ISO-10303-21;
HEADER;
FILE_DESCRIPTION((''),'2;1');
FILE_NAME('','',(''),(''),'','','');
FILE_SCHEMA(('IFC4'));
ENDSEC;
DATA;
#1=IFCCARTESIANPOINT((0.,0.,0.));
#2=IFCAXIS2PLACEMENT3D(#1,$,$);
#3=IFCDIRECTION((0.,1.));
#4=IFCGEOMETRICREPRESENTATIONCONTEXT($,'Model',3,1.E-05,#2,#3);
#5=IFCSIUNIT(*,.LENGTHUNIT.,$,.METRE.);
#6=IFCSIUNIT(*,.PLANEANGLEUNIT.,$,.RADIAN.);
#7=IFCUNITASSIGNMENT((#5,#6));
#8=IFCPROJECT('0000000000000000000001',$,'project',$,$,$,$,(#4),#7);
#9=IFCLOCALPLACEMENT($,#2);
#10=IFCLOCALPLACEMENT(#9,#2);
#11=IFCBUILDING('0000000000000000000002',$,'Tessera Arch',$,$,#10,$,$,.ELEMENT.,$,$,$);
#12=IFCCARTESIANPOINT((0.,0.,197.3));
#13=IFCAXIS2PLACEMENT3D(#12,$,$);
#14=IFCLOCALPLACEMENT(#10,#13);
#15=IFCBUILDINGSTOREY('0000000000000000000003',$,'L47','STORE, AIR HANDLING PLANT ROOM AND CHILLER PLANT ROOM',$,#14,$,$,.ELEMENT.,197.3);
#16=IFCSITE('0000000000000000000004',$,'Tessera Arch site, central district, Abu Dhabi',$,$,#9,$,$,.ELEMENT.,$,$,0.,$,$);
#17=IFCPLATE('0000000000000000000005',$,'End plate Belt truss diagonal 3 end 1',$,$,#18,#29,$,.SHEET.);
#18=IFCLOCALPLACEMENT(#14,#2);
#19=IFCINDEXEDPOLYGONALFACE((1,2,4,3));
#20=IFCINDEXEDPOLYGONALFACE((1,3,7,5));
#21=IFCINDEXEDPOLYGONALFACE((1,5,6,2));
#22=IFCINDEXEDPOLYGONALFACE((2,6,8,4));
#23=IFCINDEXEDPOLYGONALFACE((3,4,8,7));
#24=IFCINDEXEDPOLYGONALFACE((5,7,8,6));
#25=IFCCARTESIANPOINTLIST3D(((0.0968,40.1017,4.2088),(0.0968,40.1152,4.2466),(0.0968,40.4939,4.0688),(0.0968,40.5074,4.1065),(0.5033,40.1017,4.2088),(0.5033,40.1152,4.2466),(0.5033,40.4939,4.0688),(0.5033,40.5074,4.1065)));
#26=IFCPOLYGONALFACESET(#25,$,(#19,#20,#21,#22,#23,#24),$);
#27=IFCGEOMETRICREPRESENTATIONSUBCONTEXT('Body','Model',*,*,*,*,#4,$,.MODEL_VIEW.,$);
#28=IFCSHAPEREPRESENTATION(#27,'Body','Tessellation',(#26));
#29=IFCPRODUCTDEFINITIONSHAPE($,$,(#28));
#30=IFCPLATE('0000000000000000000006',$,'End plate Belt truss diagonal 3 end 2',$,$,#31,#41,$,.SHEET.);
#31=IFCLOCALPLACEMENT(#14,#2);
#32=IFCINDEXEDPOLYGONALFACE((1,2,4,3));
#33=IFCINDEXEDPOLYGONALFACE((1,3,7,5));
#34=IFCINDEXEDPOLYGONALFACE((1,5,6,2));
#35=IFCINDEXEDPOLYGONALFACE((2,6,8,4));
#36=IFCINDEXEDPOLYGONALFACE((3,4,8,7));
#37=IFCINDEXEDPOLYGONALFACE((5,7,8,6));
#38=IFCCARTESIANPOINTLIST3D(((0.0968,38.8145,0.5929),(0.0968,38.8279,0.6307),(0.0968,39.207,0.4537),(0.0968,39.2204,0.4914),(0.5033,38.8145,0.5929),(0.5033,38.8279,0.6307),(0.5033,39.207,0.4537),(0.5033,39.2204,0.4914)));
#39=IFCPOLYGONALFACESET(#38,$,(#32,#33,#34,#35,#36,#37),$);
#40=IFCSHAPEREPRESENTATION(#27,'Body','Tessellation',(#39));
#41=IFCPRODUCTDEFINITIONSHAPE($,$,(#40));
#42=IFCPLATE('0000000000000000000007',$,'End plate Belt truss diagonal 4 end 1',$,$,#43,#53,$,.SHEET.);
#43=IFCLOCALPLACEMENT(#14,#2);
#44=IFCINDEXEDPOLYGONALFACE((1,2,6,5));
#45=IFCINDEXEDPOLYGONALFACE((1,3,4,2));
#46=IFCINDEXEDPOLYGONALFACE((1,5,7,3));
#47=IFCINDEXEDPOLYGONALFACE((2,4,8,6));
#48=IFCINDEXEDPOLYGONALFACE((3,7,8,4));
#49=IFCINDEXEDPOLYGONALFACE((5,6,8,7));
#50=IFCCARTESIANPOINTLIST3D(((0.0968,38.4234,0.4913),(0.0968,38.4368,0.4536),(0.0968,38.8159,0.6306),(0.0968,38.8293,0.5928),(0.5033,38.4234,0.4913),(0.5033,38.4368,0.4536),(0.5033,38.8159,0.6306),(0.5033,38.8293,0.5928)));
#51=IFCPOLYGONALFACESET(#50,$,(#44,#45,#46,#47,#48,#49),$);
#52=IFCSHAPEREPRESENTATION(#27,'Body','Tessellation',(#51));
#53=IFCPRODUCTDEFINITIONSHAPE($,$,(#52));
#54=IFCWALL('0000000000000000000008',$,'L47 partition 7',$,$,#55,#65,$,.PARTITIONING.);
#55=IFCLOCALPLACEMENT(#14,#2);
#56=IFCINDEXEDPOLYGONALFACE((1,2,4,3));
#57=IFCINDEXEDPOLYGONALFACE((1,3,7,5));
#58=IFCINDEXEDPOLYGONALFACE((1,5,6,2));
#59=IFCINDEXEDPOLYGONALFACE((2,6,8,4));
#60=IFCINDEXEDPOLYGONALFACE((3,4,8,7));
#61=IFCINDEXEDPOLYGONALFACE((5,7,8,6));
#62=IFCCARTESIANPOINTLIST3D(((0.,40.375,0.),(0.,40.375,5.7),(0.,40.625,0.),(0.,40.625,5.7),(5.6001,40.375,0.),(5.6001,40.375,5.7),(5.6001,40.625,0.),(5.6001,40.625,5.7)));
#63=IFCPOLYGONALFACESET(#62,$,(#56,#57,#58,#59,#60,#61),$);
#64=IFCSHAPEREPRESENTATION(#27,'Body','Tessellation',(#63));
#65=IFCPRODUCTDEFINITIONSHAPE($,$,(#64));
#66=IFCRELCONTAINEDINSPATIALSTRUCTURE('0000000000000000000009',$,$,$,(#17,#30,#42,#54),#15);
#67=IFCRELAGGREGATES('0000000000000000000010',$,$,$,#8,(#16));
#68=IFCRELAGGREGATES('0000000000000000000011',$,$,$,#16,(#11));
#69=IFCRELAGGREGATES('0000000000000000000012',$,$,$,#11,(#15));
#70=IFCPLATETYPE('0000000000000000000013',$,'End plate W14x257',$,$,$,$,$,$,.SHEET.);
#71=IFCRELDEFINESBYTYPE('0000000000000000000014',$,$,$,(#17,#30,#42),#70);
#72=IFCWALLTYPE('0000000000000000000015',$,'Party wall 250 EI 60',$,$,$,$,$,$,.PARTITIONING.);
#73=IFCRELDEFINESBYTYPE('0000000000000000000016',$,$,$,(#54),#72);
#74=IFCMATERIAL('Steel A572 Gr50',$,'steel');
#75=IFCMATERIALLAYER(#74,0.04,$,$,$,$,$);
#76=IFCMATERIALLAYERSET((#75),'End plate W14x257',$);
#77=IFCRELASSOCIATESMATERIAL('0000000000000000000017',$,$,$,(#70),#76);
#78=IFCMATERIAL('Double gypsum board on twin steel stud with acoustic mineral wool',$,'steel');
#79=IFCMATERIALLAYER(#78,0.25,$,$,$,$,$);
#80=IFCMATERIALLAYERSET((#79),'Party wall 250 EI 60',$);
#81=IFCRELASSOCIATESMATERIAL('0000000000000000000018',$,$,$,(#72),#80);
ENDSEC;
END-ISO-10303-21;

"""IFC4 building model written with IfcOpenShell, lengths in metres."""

from ifc_helpers import new_model, si_unit, direction, frame, frame_2d, origin, origin_2d, place, context, subcontext, project, spatial, rectangle, extrude, material, layer, layer_set, type_object, element, save


model = new_model("IFC4")

# Units and contexts
model_context = context("Model", 3, precision=1e-05, world=origin(), true_north=direction((0.0, 1.0)))
body_context = subcontext(model_context, "Body", "Model", "MODEL_VIEW")
ifc_project = project(units=[si_unit("LENGTHUNIT", "METRE"), si_unit("PLANEANGLEUNIT", "RADIAN")], contexts=[model_context])

# Site, building, storey
site_placement = place(None, origin())
site = spatial("IfcSite", under=ifc_project, at=site_placement, Name="Tessera Arch site, central district, Abu Dhabi", CompositionType="ELEMENT", RefElevation=0.0)
building_placement = place(site_placement, origin())
building = spatial("IfcBuilding", under=site, at=building_placement, Name="Tessera Arch", CompositionType="ELEMENT")
storey_placement = place(building_placement, frame((0.0, 0.0, 197.3)))
storey = spatial("IfcBuildingStorey", under=building, at=storey_placement, Name="L47", Description="STORE, AIR HANDLING PLANT ROOM AND CHILLER PLANT ROOM", CompositionType="ELEMENT", Elevation=197.3)

# Plates
ifc_material_1 = material(Name="Steel A572 Gr50", Category="steel")
ifc_layer_1 = layer(ifc_material_1, 0.04)
ifc_layer_set_1 = layer_set([ifc_layer_1], Name="End plate W14x257")
plate_type_1 = type_object("IfcPlateType", Name="End plate W14x257", PredefinedType="SHEET", material=ifc_layer_set_1)
for number, where, z_axis, x_axis, name in (
    (1, (0.3, 40.3113, 4.1765), (0.0, -0.336336, -0.941742), (1.0, 0.0, 0.0), "End plate Belt truss diagonal 3 end 1"),
    (2, (0.3, 39.0242, 0.561), (0.0, -0.33441, -0.942428), (1.0, 0.0, 0.0), "End plate Belt truss diagonal 3 end 2"),
    (3, (0.3, 38.6331, 0.5232), (0.0, -0.33441, 0.942428), (1.0, 0.0, 0.0), "End plate Belt truss diagonal 4 end 1"),
):
    element("IfcPlate", number, at=place(storey_placement, frame(where, z_axis=z_axis, x_axis=x_axis)), inside=storey, type_object=plate_type_1, Name=name, PredefinedType="SHEET", context=body_context, shape_type="SweptSolid", body=[
        extrude(rectangle(XDim=0.4065, YDim=0.4165, at=origin_2d()), origin(), (0.0, 0.0, 1.0), 0.04),
    ])

# Wall
ifc_material_2 = material(Name="Double gypsum board on twin steel stud with acoustic mineral wool", Category="steel")
ifc_layer_2 = layer(ifc_material_2, 0.25)
ifc_layer_set_2 = layer_set([ifc_layer_2], Name="Party wall 250 EI 60")
wall_type = type_object("IfcWallType", Name="Party wall 250 EI 60", PredefinedType="PARTITIONING", material=ifc_layer_set_2)
wall_placement = place(storey_placement, frame((0.0, 40.5, 0.0), z_axis=(0.0, 0.0, 1.0), x_axis=(1.0, 0.0, 0.0)))
element("IfcWall", 4, at=wall_placement, inside=storey, type_object=wall_type, Name="L47 partition 7", PredefinedType="PARTITIONING", context=body_context, shape_type="SweptSolid", body=[
    extrude(rectangle(XDim=5.6001, YDim=0.25, at=frame_2d((2.8, 0.0))), origin(), (0.0, 0.0, 1.0), 5.7),
])

save(model, "model.ifc")
